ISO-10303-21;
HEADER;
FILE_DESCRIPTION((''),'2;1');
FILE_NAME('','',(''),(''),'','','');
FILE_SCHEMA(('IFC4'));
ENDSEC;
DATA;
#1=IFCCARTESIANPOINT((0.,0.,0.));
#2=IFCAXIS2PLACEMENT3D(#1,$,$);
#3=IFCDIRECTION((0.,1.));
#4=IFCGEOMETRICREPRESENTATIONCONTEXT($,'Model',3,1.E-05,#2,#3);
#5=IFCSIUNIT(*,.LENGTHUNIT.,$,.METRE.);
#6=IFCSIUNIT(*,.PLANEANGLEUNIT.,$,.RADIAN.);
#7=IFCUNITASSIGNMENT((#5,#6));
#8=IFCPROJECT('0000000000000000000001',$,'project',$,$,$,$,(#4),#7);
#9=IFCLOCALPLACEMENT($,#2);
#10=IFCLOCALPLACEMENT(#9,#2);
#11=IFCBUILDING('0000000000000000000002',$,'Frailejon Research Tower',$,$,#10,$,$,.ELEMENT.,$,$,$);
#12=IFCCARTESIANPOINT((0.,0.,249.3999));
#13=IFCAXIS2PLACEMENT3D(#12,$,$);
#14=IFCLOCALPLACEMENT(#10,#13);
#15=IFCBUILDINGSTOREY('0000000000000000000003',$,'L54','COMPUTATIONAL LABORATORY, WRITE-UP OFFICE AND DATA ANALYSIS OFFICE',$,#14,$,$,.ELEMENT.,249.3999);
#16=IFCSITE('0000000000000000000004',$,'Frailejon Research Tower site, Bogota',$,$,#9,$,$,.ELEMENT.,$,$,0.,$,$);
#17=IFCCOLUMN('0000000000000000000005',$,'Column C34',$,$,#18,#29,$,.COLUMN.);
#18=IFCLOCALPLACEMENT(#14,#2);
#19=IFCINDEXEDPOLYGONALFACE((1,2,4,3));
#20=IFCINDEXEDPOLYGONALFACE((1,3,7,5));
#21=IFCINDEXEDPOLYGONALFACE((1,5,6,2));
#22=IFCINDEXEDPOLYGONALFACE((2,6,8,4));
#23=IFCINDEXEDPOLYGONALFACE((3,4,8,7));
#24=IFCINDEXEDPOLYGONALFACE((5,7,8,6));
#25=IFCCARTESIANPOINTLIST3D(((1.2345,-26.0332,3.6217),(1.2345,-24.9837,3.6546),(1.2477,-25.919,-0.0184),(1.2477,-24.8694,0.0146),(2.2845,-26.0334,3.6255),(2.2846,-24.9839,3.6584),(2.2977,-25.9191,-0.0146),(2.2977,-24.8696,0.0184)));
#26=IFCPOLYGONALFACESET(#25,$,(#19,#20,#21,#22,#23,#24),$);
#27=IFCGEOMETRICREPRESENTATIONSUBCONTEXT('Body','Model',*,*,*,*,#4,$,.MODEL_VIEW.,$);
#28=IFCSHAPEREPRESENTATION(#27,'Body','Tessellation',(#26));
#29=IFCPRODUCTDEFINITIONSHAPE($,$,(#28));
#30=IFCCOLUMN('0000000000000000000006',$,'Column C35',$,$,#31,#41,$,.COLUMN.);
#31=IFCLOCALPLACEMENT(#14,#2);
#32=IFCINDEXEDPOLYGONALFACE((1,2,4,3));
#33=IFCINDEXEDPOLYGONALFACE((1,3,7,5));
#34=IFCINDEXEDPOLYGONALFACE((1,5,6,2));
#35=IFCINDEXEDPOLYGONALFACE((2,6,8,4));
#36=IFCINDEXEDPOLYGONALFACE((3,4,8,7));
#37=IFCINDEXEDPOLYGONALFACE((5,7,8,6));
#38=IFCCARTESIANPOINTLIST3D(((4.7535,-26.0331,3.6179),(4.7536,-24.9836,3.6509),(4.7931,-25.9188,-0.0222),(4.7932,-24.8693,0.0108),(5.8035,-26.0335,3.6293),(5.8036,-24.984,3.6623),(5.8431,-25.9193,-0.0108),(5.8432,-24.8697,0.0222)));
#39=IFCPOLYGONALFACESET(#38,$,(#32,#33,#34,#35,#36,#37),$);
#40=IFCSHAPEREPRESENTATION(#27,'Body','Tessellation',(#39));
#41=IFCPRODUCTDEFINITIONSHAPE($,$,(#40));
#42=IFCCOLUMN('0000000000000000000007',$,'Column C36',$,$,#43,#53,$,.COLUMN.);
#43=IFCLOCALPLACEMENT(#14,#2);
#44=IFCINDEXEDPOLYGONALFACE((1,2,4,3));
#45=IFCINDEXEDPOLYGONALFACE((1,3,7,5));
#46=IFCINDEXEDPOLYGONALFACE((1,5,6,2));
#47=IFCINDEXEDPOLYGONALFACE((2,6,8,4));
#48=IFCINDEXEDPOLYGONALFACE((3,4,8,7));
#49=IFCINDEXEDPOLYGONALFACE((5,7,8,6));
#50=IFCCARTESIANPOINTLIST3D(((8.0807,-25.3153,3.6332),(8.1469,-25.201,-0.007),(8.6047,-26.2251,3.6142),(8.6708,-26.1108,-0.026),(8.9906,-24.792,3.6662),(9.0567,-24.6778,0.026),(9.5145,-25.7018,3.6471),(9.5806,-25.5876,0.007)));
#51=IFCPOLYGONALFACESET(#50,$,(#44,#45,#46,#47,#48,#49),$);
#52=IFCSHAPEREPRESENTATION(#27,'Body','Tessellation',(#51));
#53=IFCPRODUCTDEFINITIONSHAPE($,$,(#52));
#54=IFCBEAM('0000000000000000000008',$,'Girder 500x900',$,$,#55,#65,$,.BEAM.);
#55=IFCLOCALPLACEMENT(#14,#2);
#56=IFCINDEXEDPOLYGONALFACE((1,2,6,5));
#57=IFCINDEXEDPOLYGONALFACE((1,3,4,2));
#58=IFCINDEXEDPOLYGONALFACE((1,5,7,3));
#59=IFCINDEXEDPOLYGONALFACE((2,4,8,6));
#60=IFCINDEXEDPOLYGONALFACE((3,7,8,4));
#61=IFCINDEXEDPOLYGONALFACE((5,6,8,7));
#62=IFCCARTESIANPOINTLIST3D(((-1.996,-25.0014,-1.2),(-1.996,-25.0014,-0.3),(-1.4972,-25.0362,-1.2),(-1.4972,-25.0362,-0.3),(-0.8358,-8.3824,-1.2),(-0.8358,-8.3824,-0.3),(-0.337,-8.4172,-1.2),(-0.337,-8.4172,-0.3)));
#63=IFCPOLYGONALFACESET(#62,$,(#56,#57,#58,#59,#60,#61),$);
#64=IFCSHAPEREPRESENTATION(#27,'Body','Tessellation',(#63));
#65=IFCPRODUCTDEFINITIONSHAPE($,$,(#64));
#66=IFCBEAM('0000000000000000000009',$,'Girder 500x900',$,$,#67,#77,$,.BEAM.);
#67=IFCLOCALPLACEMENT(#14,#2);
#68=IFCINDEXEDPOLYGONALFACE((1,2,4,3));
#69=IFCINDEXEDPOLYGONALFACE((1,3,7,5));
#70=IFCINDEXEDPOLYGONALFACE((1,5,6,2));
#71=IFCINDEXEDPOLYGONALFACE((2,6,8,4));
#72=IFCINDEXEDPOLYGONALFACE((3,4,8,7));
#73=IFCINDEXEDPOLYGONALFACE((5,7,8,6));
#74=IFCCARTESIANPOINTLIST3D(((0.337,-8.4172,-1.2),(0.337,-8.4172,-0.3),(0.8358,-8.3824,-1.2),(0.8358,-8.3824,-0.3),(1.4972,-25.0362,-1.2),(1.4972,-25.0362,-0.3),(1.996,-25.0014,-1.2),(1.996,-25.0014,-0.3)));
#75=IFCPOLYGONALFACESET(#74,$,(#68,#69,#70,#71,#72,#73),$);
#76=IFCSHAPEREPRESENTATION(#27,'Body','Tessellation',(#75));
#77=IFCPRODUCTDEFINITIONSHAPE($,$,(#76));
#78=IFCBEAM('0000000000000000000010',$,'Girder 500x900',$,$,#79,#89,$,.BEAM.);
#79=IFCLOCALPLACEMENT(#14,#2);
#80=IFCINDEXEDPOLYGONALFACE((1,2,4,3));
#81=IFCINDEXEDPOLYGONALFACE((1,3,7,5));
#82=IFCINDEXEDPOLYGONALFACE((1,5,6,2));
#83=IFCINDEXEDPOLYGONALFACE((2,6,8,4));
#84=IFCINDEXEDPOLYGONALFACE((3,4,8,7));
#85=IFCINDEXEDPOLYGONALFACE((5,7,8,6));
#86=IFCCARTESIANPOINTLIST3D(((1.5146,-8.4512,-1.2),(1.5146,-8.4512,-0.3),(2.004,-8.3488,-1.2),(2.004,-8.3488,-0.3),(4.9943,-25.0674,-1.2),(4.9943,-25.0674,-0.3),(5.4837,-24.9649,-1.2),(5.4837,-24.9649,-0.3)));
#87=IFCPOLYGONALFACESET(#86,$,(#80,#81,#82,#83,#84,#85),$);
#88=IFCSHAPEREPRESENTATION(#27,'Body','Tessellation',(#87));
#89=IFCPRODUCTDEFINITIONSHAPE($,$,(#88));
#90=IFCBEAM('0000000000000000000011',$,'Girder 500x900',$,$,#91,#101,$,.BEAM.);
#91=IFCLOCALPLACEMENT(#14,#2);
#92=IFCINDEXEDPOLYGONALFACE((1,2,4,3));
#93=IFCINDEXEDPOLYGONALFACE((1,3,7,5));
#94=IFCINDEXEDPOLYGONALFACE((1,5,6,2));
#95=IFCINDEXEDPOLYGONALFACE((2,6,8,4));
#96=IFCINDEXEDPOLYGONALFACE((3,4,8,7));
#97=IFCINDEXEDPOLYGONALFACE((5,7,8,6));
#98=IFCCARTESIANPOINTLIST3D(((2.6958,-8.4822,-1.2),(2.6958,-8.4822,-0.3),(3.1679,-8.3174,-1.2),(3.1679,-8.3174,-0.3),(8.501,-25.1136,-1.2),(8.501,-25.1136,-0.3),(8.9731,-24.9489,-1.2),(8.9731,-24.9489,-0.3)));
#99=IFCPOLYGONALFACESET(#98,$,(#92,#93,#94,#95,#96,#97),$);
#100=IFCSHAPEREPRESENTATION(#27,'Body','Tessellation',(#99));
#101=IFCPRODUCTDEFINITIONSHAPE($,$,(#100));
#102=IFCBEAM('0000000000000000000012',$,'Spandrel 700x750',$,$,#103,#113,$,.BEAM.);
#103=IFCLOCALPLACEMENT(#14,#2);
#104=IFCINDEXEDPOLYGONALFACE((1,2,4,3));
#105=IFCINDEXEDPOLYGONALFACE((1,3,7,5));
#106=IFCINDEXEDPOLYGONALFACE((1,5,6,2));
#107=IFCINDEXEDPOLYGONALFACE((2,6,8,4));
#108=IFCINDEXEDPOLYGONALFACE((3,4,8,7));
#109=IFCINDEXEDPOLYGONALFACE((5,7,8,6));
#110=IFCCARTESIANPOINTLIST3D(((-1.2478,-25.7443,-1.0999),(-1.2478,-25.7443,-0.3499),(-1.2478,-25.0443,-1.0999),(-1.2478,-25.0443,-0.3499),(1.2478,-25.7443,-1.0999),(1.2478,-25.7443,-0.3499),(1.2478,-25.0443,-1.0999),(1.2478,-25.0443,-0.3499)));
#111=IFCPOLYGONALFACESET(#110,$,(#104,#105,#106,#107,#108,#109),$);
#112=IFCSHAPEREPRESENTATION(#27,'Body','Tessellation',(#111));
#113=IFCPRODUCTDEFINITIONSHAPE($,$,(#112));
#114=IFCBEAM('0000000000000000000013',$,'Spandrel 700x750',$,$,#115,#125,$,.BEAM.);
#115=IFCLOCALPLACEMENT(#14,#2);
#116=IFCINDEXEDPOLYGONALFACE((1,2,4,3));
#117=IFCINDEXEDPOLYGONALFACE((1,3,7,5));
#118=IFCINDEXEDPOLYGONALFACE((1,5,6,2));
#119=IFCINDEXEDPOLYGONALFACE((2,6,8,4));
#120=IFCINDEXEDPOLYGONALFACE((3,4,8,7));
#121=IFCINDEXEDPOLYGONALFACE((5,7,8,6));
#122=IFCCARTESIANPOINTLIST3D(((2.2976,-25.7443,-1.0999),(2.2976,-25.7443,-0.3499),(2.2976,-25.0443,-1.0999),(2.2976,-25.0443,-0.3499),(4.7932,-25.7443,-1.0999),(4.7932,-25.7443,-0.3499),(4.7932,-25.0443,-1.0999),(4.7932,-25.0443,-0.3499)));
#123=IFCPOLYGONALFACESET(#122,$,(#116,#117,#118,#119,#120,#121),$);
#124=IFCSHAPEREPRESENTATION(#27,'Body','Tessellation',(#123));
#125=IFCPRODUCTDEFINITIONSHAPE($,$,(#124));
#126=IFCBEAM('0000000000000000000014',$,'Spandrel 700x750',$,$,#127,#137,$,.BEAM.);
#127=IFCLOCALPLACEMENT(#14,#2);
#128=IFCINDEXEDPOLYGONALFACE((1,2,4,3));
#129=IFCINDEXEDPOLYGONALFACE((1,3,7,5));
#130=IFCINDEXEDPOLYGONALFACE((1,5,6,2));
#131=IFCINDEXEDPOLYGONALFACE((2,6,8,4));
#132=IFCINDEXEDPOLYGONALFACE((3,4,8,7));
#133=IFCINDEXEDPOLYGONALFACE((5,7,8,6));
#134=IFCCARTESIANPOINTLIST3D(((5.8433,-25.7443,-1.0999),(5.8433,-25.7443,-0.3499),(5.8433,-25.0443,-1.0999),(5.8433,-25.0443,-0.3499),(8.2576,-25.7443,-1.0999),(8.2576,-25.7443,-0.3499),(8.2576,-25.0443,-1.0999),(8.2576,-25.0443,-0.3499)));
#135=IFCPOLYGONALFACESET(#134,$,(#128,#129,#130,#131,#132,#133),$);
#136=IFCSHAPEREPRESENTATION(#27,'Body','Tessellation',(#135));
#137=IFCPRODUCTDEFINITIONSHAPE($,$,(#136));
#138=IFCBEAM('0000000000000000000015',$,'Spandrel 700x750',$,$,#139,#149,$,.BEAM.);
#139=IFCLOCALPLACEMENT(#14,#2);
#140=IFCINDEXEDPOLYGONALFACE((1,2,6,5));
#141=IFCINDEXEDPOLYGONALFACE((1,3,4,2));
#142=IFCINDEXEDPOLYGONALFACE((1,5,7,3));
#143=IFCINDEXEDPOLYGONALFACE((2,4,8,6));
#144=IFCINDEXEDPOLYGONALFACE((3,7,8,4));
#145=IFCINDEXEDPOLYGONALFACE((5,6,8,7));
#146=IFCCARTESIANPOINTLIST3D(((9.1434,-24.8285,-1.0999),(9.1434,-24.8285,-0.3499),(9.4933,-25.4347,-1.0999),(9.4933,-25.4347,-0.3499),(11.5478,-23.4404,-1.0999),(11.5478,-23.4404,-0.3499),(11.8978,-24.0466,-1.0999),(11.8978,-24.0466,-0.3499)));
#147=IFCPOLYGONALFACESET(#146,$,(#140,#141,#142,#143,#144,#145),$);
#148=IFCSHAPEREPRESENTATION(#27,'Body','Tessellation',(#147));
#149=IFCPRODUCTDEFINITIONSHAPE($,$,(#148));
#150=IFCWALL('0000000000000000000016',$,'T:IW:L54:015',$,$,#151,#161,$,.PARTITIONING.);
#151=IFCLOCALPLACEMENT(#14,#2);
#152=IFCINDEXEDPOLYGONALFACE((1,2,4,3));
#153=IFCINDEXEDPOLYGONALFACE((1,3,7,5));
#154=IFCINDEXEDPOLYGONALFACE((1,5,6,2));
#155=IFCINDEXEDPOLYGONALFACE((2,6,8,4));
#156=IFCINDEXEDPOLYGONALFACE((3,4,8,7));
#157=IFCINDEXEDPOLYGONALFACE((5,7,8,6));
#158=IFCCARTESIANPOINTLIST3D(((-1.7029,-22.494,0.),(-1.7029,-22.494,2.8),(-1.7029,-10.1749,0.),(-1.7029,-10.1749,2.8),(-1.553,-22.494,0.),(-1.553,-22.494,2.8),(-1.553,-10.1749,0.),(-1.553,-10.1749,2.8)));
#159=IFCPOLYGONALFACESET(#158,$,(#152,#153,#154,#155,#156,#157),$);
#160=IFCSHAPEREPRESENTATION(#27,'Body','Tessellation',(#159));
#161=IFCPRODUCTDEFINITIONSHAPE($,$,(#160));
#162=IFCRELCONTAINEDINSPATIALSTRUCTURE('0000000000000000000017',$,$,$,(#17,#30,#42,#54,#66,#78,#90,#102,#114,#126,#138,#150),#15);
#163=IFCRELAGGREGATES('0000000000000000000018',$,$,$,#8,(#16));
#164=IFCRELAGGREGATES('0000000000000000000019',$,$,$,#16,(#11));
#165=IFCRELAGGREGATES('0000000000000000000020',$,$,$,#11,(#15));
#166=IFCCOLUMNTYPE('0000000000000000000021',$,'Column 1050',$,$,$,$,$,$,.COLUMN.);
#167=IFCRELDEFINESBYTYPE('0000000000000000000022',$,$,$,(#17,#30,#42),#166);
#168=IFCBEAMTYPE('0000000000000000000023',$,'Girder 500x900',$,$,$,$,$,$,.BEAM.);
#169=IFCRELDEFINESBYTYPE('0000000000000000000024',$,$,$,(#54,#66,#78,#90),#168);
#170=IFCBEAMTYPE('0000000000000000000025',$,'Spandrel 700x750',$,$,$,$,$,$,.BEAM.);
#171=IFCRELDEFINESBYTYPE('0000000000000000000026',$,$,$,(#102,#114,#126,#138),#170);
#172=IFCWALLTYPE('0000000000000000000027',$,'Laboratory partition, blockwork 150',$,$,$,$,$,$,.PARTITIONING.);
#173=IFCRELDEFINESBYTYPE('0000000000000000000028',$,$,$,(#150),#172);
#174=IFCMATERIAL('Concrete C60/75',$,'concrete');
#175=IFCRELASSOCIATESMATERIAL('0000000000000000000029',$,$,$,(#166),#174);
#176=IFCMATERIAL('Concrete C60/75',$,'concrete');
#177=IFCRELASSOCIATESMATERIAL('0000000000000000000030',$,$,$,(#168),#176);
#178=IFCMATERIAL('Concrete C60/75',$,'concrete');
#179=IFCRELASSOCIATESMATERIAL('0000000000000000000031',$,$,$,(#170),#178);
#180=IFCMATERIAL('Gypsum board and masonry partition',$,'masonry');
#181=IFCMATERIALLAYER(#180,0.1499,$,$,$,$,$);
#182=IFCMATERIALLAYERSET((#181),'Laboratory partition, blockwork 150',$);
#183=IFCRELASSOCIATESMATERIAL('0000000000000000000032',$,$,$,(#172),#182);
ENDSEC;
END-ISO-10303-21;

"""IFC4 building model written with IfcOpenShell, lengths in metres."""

from ifc_helpers import new_model, si_unit, direction, frame, frame_2d, origin, origin_2d, place, context, subcontext, project, spatial, rectangle, extrude, material, layer, layer_set, material_profile, profile_set, type_object, element, save


model = new_model("IFC4")

# Units and contexts
model_context = context("Model", 3, precision=1e-05, world=origin(), true_north=direction((0.0, 1.0)))
body_context = subcontext(model_context, "Body", "Model", "MODEL_VIEW")
ifc_project = project(units=[si_unit("LENGTHUNIT", "METRE"), si_unit("PLANEANGLEUNIT", "RADIAN")], contexts=[model_context])

# Site, building, storey
site_placement = place(None, origin())
site = spatial("IfcSite", under=ifc_project, at=site_placement, Name="Frailejon Research Tower site, Bogota", CompositionType="ELEMENT", RefElevation=0.0)
building_placement = place(site_placement, origin())
building = spatial("IfcBuilding", under=site, at=building_placement, Name="Frailejon Research Tower", CompositionType="ELEMENT")
storey_placement = place(building_placement, frame((0.0, 0.0, 249.3999)))
storey = spatial("IfcBuildingStorey", under=building, at=storey_placement, Name="L54", Description="COMPUTATIONAL LABORATORY, WRITE-UP OFFICE AND DATA ANALYSIS OFFICE", CompositionType="ELEMENT", Elevation=249.3999)

# Columns
ifc_material_1 = material(Name="Concrete C60/75", Category="concrete")
ifc_material_profile_1 = material_profile(ifc_material_1, rectangle(XDim=1.05, YDim=1.05, at=origin_2d()), Name="Column 1050")
ifc_profile_set_1 = profile_set([ifc_material_profile_1], Name="Concrete C60/75")
column_type = type_object("IfcColumnType", Name="Column 1050", PredefinedType="COLUMN", material=ifc_profile_set_1)
column_1_placement = place(storey_placement, frame((1.7727, -25.3943, 0.0), z_axis=(-0.00362, -0.031373, 0.999501), x_axis=(0.999993, -0.000143, 0.003617)))
element("IfcColumn", 1, at=column_1_placement, inside=storey, type_object=column_type, Name="Column C34", PredefinedType="COLUMN", context=body_context, shape_type="SweptSolid", body=[
    extrude(rectangle(XDim=1.05, YDim=1.05, at=origin_2d()), origin(), (0.0, 0.0, 1.0), 3.6418),
])
column_2_placement = place(storey_placement, frame((5.3181, -25.3943, 0.0), z_axis=(-0.010859, -0.031371, 0.999449), x_axis=(0.999941, -0.000423, 0.010851)))
element("IfcColumn", 2, at=column_2_placement, inside=storey, type_object=column_type, Name="Column C35", PredefinedType="COLUMN", context=body_context, shape_type="SweptSolid", body=[
    extrude(rectangle(XDim=1.05, YDim=1.05, at=origin_2d()), origin(), (0.0, 0.0, 1.0), 3.6421),
])
column_3_placement = place(storey_placement, frame((8.8638, -25.3943, 0.0), z_axis=(-0.018164, -0.031368, 0.999343), x_axis=(0.866442, 0.49829, 0.031389)))
element("IfcColumn", 3, at=column_3_placement, inside=storey, type_object=column_type, Name="Column C36", PredefinedType="COLUMN", context=body_context, shape_type="SweptSolid", body=[
    extrude(rectangle(XDim=1.05, YDim=1.05, at=origin_2d()), origin(), (0.0, 0.0, 1.0), 3.6426),
])

# Beams
ifc_material_2 = material(Name="Concrete C60/75", Category="concrete")
ifc_material_profile_2 = material_profile(ifc_material_2, rectangle(XDim=0.5, YDim=0.8999, at=origin_2d()), Name="Girder 500x900")
ifc_profile_set_2 = profile_set([ifc_material_profile_2], Name="Concrete C60/75")
beam_type_1 = type_object("IfcBeamType", Name="Girder 500x900", PredefinedType="BEAM", material=ifc_profile_set_2)
for number, where, z_axis, x_axis, name in (
    (4, (-1.7466, -25.0188, -0.75), (0.06964, 0.997572, 0.0), (-0.997572, 0.06964, 0.0), "Girder 500x900"),
    (5, (1.7466, -25.0188, -0.75), (-0.06964, 0.997572, 0.0), (-0.997572, -0.06964, 0.0), "Girder 500x900"),
):
    element("IfcBeam", number, at=place(storey_placement, frame(where, z_axis=z_axis, x_axis=x_axis)), inside=storey, type_object=beam_type_1, Name=name, PredefinedType="BEAM", context=body_context, shape_type="SweptSolid", body=[
        extrude(rectangle(XDim=0.5, YDim=0.8999, at=origin_2d()), origin(), (0.0, 0.0, 1.0), 16.6594),
    ])
beam_1_placement = place(storey_placement, frame((5.239, -25.0161, -0.75), z_axis=(-0.204972, 0.978768, 0.0), x_axis=(-0.978768, -0.204972, 0.0)))
element("IfcBeam", 6, at=beam_1_placement, inside=storey, type_object=beam_type_1, Name="Girder 500x900", PredefinedType="BEAM", context=body_context, shape_type="SweptSolid", body=[
    extrude(rectangle(XDim=0.5, YDim=0.8999, at=origin_2d()), origin(), (0.0, 0.0, 1.0), 16.9766),
])
beam_2_placement = place(storey_placement, frame((8.7371, -25.0312, -0.75), z_axis=(-0.329551, 0.944138, 0.0), x_axis=(-0.944138, -0.329551, 0.0)))
element("IfcBeam", 7, at=beam_2_placement, inside=storey, type_object=beam_type_1, Name="Girder 500x900", PredefinedType="BEAM", context=body_context, shape_type="SweptSolid", body=[
    extrude(rectangle(XDim=0.5, YDim=0.8999, at=origin_2d()), origin(), (0.0, 0.0, 1.0), 17.6155),
])
ifc_material_3 = material(Name="Concrete C60/75", Category="concrete")
ifc_material_profile_3 = material_profile(ifc_material_3, rectangle(XDim=0.7, YDim=0.75, at=origin_2d()), Name="Spandrel 700x750")
ifc_profile_set_3 = profile_set([ifc_material_profile_3], Name="Concrete C60/75")
beam_type_2 = type_object("IfcBeamType", Name="Spandrel 700x750", PredefinedType="BEAM", material=ifc_profile_set_3)
for number, where, z_axis, x_axis, name in (
    (8, (-1.2478, -25.3943, -0.7249), (1.0, 0.0, 0.0), (0.0, 1.0, 0.0), "Spandrel 700x750"),
    (9, (2.2976, -25.3943, -0.7249), (1.0, 0.0, 0.0), (0.0, 1.0, 0.0), "Spandrel 700x750"),
):
    element("IfcBeam", number, at=place(storey_placement, frame(where, z_axis=z_axis, x_axis=x_axis)), inside=storey, type_object=beam_type_2, Name=name, PredefinedType="BEAM", context=body_context, shape_type="SweptSolid", body=[
        extrude(rectangle(XDim=0.7, YDim=0.75, at=origin_2d()), origin(), (0.0, 0.0, 1.0), 2.4956),
    ])
beam_3_placement = place(storey_placement, frame((5.8433, -25.3943, -0.7249), z_axis=(1.0, 0.0, 0.0), x_axis=(0.0, 1.0, 0.0)))
element("IfcBeam", 10, at=beam_3_placement, inside=storey, type_object=beam_type_2, Name="Spandrel 700x750", PredefinedType="BEAM", context=body_context, shape_type="SweptSolid", body=[
    extrude(rectangle(XDim=0.7, YDim=0.75, at=origin_2d()), origin(), (0.0, 0.0, 1.0), 2.4143),
])
beam_4_placement = place(storey_placement, frame((9.3184, -25.1316, -0.7249), z_axis=(0.866038, 0.499979, 0.0), x_axis=(-0.499979, 0.866038, 0.0)))
element("IfcBeam", 11, at=beam_4_placement, inside=storey, type_object=beam_type_2, Name="Spandrel 700x750", PredefinedType="BEAM", context=body_context, shape_type="SweptSolid", body=[
    extrude(rectangle(XDim=0.7, YDim=0.75, at=origin_2d()), origin(), (0.0, 0.0, 1.0), 2.7764),
])

# Wall
ifc_material_4 = material(Name="Gypsum board and masonry partition", Category="masonry")
ifc_layer_1 = layer(ifc_material_4, 0.1499)
ifc_layer_set_1 = layer_set([ifc_layer_1], Name="Laboratory partition, blockwork 150")
wall_type_1 = type_object("IfcWallType", Name="Laboratory partition, blockwork 150", PredefinedType="PARTITIONING", material=ifc_layer_set_1)
wall_1_placement = place(storey_placement, frame((-1.6279, -22.4941, 0.0), z_axis=(0.0, 0.0, 1.0), x_axis=(0.0, 1.0, 0.0)))
element("IfcWall", 12, at=wall_1_placement, inside=storey, type_object=wall_type_1, Name="T:IW:L54:015", PredefinedType="PARTITIONING", context=body_context, shape_type="SweptSolid", body=[
    extrude(rectangle(XDim=12.3191, YDim=0.1499, at=frame_2d((6.1597, 0.0))), origin(), (0.0, 0.0, 1.0), 2.8),
])

save(model, "model.ifc")
